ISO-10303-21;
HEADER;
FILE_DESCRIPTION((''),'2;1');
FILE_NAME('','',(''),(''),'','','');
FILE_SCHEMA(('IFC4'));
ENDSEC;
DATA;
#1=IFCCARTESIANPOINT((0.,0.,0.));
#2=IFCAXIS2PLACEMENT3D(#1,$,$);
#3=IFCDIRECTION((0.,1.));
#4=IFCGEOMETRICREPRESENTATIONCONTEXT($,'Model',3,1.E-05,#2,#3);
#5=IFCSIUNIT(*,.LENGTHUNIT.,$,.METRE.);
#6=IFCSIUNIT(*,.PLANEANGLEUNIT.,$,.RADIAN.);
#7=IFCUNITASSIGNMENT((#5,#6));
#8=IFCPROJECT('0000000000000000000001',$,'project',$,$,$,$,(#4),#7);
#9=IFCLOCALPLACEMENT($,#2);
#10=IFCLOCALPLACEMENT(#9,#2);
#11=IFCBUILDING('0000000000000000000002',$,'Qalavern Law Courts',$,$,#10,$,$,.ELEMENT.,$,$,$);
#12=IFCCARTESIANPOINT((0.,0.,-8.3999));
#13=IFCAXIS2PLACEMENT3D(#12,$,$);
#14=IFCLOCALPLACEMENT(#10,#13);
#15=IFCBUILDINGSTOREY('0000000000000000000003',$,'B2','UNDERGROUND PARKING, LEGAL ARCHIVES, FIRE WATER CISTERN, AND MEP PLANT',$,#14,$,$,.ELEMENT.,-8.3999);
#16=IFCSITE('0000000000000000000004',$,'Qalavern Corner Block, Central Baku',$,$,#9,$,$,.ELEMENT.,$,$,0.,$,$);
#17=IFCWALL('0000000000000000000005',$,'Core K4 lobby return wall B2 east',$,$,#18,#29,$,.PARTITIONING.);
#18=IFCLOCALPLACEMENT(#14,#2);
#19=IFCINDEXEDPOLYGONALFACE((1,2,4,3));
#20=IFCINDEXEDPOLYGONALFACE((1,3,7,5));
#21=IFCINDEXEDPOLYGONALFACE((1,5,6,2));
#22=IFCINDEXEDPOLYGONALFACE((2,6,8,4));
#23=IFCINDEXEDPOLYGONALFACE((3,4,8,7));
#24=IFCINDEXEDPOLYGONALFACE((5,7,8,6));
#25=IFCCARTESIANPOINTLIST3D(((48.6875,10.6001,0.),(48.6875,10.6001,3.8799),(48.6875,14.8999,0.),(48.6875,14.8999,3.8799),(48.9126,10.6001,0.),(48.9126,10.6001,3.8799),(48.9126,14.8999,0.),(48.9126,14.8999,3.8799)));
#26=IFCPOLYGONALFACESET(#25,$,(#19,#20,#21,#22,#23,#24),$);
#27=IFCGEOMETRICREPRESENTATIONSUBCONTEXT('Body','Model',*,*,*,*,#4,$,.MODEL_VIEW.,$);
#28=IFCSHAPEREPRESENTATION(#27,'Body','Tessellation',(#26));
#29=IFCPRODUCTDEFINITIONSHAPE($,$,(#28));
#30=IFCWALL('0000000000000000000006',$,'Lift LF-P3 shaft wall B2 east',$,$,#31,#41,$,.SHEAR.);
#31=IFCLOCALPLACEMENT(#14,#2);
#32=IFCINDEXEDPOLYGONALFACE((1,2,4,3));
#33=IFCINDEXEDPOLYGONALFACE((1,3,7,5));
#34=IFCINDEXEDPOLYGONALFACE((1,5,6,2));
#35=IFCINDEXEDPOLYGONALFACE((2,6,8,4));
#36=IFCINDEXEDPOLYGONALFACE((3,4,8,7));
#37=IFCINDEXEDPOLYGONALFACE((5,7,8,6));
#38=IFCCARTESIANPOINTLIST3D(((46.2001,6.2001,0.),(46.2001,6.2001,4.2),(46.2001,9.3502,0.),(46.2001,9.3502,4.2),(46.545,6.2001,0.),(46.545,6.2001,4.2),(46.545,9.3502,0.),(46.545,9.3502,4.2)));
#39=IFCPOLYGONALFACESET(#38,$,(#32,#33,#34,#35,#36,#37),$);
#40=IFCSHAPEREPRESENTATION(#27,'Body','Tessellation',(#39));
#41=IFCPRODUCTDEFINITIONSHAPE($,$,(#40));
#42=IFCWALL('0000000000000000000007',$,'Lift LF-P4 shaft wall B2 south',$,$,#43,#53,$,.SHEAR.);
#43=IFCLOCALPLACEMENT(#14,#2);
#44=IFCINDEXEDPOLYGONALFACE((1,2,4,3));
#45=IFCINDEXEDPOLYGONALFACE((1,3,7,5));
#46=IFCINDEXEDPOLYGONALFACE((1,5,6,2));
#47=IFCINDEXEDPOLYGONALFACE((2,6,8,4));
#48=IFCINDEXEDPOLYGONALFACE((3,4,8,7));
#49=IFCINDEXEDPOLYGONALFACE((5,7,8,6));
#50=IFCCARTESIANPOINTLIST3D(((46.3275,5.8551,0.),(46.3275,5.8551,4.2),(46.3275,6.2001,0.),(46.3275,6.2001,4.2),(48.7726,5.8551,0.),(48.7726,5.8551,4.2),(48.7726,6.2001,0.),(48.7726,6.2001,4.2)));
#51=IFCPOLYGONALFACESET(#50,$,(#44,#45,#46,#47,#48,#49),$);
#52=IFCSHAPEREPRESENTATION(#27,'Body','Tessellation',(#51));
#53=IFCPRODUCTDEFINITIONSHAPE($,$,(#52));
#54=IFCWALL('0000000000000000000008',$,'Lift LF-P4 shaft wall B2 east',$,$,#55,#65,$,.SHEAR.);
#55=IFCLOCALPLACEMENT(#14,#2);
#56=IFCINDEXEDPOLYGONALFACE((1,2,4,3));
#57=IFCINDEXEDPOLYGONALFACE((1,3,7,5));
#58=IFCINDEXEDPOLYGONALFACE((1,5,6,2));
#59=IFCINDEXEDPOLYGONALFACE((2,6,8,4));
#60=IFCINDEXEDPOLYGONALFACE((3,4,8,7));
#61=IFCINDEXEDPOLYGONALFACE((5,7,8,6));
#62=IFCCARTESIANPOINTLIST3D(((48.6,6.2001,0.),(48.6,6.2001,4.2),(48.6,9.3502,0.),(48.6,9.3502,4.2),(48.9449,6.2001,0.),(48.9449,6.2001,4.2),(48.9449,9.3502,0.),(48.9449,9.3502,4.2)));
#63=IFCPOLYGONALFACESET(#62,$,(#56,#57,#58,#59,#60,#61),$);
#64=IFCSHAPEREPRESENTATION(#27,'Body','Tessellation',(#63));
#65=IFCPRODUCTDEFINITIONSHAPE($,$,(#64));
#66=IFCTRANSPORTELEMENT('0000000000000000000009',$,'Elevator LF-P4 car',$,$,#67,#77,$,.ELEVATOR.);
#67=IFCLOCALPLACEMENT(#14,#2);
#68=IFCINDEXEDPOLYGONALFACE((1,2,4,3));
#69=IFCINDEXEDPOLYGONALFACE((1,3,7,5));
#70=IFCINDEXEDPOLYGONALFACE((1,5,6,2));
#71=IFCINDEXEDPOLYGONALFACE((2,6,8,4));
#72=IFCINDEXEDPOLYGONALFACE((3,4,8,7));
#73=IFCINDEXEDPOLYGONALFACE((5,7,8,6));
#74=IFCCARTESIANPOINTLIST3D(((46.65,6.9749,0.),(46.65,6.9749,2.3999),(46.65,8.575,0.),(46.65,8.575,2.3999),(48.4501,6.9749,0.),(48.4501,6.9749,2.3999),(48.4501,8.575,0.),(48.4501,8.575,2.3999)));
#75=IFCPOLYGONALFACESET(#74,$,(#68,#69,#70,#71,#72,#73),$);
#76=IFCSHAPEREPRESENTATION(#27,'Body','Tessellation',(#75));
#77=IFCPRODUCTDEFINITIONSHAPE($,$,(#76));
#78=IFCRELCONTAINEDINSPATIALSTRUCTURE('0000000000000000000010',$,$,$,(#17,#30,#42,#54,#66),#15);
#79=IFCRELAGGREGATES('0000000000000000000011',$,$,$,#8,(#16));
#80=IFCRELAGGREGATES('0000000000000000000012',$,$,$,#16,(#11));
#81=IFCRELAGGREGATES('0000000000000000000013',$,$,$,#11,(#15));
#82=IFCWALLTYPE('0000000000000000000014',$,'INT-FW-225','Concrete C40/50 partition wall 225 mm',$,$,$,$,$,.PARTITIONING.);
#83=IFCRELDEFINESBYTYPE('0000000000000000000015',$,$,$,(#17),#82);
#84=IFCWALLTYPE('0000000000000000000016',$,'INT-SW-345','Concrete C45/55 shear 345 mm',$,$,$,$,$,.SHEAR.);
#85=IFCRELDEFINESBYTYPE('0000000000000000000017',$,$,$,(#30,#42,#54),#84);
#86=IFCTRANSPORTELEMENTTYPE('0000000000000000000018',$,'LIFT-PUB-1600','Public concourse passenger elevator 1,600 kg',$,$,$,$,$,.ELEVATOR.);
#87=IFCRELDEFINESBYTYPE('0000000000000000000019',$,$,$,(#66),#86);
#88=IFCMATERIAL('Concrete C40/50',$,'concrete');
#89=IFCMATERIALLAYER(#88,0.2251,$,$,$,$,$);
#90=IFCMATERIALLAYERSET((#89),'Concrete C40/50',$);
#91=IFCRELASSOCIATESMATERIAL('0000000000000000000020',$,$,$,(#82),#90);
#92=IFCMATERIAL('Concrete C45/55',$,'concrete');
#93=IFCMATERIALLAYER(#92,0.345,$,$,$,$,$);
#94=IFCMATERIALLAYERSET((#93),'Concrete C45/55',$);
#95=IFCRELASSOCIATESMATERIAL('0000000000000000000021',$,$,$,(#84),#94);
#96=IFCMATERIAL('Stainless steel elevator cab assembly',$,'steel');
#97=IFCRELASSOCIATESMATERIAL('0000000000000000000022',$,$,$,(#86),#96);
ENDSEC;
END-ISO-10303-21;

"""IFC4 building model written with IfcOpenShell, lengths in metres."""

from ifc_helpers import new_model, si_unit, direction, frame, frame_2d, origin, origin_2d, place, context, subcontext, project, spatial, rectangle, extrude, material, layer, layer_set, type_object, element, save


model = new_model("IFC4")

# Units and contexts
model_context = context("Model", 3, precision=1e-05, world=origin(), true_north=direction((0.0, 1.0)))
body_context = subcontext(model_context, "Body", "Model", "MODEL_VIEW")
ifc_project = project(units=[si_unit("LENGTHUNIT", "METRE"), si_unit("PLANEANGLEUNIT", "RADIAN")], contexts=[model_context])

# Site, building, storey
site_placement = place(None, origin())
site = spatial("IfcSite", under=ifc_project, at=site_placement, Name="Qalavern Corner Block, Central Baku", CompositionType="ELEMENT", RefElevation=0.0)
building_placement = place(site_placement, origin())
building = spatial("IfcBuilding", under=site, at=building_placement, Name="Qalavern Law Courts", CompositionType="ELEMENT")
storey_placement = place(building_placement, frame((0.0, 0.0, -8.3999)))
storey = spatial("IfcBuildingStorey", under=building, at=storey_placement, Name="B2", Description="UNDERGROUND PARKING, LEGAL ARCHIVES, FIRE WATER CISTERN, AND MEP PLANT", CompositionType="ELEMENT", Elevation=-8.3999)

# Walls
ifc_material_1 = material(Name="Concrete C40/50", Category="concrete")
ifc_layer_1 = layer(ifc_material_1, 0.2251)
ifc_layer_set_1 = layer_set([ifc_layer_1], Name="Concrete C40/50")
wall_type_1 = type_object("IfcWallType", Name="INT-FW-225", Description="Concrete C40/50 partition wall 225 mm", PredefinedType="PARTITIONING", material=ifc_layer_set_1)
wall_1_placement = place(storey_placement, frame((48.8, 10.6001, 0.0), z_axis=(0.0, 0.0, 1.0), x_axis=(0.0, 1.0, 0.0)))
element("IfcWall", 1, at=wall_1_placement, inside=storey, type_object=wall_type_1, Name="Core K4 lobby return wall B2 east", PredefinedType="PARTITIONING", context=body_context, shape_type="SweptSolid", body=[
    extrude(rectangle(XDim=4.2998, YDim=0.2251, at=frame_2d((2.1499, 0.0))), origin(), (0.0, 0.0, 1.0), 3.8799),
])
ifc_material_2 = material(Name="Concrete C45/55", Category="concrete")
ifc_layer_2 = layer(ifc_material_2, 0.345)
ifc_layer_set_2 = layer_set([ifc_layer_2], Name="Concrete C45/55")
wall_type_2 = type_object("IfcWallType", Name="INT-SW-345", Description="Concrete C45/55 shear 345 mm", PredefinedType="SHEAR", material=ifc_layer_set_2)
wall_2_placement = place(storey_placement, frame((46.3726, 6.2, 0.0), z_axis=(0.0, 0.0, 1.0), x_axis=(0.0, 1.0, 0.0)))
element("IfcWall", 2, at=wall_2_placement, inside=storey, type_object=wall_type_2, Name="Lift LF-P3 shaft wall B2 east", PredefinedType="SHEAR", context=body_context, shape_type="SweptSolid", body=[
    extrude(rectangle(XDim=3.1501, YDim=0.345, at=frame_2d((1.5752, 0.0))), origin(), (0.0, 0.0, 1.0), 4.2),
])

# Walls
wall_3_placement = place(storey_placement, frame((46.3274, 6.0276, 0.0), z_axis=(0.0, 0.0, 1.0), x_axis=(1.0, 0.0, 0.0)))
element("IfcWall", 3, at=wall_3_placement, inside=storey, type_object=wall_type_2, Name="Lift LF-P4 shaft wall B2 south", PredefinedType="SHEAR", context=body_context, shape_type="SweptSolid", body=[
    extrude(rectangle(XDim=2.4451, YDim=0.345, at=frame_2d((1.2227, 0.0))), origin(), (0.0, 0.0, 1.0), 4.2),
])
wall_4_placement = place(storey_placement, frame((48.7725, 6.2, 0.0), z_axis=(0.0, 0.0, 1.0), x_axis=(0.0, 1.0, 0.0)))
element("IfcWall", 4, at=wall_4_placement, inside=storey, type_object=wall_type_2, Name="Lift LF-P4 shaft wall B2 east", PredefinedType="SHEAR", context=body_context, shape_type="SweptSolid", body=[
    extrude(rectangle(XDim=3.1501, YDim=0.345, at=frame_2d((1.5752, 0.0))), origin(), (0.0, 0.0, 1.0), 4.2),
])

# Transport element
ifc_material_3 = material(Name="Stainless steel elevator cab assembly", Category="steel")
transport_element_type = type_object("IfcTransportElementType", Name="LIFT-PUB-1600", Description="Public concourse passenger elevator 1,600 kg", PredefinedType="ELEVATOR", material=ifc_material_3)
transport_element_placement = place(storey_placement, frame((47.55, 7.7749, 0.0), z_axis=(0.0, 0.0, 1.0), x_axis=(1.0, 0.0, 0.0)))
element("IfcTransportElement", 5, at=transport_element_placement, inside=storey, type_object=transport_element_type, Name="Elevator LF-P4 car", PredefinedType="ELEVATOR", context=body_context, shape_type="SweptSolid", body=[
    extrude(rectangle(XDim=1.8, YDim=1.6001, at=origin_2d()), origin(), (0.0, 0.0, 1.0), 2.3999),
])

save(model, "model.ifc")
